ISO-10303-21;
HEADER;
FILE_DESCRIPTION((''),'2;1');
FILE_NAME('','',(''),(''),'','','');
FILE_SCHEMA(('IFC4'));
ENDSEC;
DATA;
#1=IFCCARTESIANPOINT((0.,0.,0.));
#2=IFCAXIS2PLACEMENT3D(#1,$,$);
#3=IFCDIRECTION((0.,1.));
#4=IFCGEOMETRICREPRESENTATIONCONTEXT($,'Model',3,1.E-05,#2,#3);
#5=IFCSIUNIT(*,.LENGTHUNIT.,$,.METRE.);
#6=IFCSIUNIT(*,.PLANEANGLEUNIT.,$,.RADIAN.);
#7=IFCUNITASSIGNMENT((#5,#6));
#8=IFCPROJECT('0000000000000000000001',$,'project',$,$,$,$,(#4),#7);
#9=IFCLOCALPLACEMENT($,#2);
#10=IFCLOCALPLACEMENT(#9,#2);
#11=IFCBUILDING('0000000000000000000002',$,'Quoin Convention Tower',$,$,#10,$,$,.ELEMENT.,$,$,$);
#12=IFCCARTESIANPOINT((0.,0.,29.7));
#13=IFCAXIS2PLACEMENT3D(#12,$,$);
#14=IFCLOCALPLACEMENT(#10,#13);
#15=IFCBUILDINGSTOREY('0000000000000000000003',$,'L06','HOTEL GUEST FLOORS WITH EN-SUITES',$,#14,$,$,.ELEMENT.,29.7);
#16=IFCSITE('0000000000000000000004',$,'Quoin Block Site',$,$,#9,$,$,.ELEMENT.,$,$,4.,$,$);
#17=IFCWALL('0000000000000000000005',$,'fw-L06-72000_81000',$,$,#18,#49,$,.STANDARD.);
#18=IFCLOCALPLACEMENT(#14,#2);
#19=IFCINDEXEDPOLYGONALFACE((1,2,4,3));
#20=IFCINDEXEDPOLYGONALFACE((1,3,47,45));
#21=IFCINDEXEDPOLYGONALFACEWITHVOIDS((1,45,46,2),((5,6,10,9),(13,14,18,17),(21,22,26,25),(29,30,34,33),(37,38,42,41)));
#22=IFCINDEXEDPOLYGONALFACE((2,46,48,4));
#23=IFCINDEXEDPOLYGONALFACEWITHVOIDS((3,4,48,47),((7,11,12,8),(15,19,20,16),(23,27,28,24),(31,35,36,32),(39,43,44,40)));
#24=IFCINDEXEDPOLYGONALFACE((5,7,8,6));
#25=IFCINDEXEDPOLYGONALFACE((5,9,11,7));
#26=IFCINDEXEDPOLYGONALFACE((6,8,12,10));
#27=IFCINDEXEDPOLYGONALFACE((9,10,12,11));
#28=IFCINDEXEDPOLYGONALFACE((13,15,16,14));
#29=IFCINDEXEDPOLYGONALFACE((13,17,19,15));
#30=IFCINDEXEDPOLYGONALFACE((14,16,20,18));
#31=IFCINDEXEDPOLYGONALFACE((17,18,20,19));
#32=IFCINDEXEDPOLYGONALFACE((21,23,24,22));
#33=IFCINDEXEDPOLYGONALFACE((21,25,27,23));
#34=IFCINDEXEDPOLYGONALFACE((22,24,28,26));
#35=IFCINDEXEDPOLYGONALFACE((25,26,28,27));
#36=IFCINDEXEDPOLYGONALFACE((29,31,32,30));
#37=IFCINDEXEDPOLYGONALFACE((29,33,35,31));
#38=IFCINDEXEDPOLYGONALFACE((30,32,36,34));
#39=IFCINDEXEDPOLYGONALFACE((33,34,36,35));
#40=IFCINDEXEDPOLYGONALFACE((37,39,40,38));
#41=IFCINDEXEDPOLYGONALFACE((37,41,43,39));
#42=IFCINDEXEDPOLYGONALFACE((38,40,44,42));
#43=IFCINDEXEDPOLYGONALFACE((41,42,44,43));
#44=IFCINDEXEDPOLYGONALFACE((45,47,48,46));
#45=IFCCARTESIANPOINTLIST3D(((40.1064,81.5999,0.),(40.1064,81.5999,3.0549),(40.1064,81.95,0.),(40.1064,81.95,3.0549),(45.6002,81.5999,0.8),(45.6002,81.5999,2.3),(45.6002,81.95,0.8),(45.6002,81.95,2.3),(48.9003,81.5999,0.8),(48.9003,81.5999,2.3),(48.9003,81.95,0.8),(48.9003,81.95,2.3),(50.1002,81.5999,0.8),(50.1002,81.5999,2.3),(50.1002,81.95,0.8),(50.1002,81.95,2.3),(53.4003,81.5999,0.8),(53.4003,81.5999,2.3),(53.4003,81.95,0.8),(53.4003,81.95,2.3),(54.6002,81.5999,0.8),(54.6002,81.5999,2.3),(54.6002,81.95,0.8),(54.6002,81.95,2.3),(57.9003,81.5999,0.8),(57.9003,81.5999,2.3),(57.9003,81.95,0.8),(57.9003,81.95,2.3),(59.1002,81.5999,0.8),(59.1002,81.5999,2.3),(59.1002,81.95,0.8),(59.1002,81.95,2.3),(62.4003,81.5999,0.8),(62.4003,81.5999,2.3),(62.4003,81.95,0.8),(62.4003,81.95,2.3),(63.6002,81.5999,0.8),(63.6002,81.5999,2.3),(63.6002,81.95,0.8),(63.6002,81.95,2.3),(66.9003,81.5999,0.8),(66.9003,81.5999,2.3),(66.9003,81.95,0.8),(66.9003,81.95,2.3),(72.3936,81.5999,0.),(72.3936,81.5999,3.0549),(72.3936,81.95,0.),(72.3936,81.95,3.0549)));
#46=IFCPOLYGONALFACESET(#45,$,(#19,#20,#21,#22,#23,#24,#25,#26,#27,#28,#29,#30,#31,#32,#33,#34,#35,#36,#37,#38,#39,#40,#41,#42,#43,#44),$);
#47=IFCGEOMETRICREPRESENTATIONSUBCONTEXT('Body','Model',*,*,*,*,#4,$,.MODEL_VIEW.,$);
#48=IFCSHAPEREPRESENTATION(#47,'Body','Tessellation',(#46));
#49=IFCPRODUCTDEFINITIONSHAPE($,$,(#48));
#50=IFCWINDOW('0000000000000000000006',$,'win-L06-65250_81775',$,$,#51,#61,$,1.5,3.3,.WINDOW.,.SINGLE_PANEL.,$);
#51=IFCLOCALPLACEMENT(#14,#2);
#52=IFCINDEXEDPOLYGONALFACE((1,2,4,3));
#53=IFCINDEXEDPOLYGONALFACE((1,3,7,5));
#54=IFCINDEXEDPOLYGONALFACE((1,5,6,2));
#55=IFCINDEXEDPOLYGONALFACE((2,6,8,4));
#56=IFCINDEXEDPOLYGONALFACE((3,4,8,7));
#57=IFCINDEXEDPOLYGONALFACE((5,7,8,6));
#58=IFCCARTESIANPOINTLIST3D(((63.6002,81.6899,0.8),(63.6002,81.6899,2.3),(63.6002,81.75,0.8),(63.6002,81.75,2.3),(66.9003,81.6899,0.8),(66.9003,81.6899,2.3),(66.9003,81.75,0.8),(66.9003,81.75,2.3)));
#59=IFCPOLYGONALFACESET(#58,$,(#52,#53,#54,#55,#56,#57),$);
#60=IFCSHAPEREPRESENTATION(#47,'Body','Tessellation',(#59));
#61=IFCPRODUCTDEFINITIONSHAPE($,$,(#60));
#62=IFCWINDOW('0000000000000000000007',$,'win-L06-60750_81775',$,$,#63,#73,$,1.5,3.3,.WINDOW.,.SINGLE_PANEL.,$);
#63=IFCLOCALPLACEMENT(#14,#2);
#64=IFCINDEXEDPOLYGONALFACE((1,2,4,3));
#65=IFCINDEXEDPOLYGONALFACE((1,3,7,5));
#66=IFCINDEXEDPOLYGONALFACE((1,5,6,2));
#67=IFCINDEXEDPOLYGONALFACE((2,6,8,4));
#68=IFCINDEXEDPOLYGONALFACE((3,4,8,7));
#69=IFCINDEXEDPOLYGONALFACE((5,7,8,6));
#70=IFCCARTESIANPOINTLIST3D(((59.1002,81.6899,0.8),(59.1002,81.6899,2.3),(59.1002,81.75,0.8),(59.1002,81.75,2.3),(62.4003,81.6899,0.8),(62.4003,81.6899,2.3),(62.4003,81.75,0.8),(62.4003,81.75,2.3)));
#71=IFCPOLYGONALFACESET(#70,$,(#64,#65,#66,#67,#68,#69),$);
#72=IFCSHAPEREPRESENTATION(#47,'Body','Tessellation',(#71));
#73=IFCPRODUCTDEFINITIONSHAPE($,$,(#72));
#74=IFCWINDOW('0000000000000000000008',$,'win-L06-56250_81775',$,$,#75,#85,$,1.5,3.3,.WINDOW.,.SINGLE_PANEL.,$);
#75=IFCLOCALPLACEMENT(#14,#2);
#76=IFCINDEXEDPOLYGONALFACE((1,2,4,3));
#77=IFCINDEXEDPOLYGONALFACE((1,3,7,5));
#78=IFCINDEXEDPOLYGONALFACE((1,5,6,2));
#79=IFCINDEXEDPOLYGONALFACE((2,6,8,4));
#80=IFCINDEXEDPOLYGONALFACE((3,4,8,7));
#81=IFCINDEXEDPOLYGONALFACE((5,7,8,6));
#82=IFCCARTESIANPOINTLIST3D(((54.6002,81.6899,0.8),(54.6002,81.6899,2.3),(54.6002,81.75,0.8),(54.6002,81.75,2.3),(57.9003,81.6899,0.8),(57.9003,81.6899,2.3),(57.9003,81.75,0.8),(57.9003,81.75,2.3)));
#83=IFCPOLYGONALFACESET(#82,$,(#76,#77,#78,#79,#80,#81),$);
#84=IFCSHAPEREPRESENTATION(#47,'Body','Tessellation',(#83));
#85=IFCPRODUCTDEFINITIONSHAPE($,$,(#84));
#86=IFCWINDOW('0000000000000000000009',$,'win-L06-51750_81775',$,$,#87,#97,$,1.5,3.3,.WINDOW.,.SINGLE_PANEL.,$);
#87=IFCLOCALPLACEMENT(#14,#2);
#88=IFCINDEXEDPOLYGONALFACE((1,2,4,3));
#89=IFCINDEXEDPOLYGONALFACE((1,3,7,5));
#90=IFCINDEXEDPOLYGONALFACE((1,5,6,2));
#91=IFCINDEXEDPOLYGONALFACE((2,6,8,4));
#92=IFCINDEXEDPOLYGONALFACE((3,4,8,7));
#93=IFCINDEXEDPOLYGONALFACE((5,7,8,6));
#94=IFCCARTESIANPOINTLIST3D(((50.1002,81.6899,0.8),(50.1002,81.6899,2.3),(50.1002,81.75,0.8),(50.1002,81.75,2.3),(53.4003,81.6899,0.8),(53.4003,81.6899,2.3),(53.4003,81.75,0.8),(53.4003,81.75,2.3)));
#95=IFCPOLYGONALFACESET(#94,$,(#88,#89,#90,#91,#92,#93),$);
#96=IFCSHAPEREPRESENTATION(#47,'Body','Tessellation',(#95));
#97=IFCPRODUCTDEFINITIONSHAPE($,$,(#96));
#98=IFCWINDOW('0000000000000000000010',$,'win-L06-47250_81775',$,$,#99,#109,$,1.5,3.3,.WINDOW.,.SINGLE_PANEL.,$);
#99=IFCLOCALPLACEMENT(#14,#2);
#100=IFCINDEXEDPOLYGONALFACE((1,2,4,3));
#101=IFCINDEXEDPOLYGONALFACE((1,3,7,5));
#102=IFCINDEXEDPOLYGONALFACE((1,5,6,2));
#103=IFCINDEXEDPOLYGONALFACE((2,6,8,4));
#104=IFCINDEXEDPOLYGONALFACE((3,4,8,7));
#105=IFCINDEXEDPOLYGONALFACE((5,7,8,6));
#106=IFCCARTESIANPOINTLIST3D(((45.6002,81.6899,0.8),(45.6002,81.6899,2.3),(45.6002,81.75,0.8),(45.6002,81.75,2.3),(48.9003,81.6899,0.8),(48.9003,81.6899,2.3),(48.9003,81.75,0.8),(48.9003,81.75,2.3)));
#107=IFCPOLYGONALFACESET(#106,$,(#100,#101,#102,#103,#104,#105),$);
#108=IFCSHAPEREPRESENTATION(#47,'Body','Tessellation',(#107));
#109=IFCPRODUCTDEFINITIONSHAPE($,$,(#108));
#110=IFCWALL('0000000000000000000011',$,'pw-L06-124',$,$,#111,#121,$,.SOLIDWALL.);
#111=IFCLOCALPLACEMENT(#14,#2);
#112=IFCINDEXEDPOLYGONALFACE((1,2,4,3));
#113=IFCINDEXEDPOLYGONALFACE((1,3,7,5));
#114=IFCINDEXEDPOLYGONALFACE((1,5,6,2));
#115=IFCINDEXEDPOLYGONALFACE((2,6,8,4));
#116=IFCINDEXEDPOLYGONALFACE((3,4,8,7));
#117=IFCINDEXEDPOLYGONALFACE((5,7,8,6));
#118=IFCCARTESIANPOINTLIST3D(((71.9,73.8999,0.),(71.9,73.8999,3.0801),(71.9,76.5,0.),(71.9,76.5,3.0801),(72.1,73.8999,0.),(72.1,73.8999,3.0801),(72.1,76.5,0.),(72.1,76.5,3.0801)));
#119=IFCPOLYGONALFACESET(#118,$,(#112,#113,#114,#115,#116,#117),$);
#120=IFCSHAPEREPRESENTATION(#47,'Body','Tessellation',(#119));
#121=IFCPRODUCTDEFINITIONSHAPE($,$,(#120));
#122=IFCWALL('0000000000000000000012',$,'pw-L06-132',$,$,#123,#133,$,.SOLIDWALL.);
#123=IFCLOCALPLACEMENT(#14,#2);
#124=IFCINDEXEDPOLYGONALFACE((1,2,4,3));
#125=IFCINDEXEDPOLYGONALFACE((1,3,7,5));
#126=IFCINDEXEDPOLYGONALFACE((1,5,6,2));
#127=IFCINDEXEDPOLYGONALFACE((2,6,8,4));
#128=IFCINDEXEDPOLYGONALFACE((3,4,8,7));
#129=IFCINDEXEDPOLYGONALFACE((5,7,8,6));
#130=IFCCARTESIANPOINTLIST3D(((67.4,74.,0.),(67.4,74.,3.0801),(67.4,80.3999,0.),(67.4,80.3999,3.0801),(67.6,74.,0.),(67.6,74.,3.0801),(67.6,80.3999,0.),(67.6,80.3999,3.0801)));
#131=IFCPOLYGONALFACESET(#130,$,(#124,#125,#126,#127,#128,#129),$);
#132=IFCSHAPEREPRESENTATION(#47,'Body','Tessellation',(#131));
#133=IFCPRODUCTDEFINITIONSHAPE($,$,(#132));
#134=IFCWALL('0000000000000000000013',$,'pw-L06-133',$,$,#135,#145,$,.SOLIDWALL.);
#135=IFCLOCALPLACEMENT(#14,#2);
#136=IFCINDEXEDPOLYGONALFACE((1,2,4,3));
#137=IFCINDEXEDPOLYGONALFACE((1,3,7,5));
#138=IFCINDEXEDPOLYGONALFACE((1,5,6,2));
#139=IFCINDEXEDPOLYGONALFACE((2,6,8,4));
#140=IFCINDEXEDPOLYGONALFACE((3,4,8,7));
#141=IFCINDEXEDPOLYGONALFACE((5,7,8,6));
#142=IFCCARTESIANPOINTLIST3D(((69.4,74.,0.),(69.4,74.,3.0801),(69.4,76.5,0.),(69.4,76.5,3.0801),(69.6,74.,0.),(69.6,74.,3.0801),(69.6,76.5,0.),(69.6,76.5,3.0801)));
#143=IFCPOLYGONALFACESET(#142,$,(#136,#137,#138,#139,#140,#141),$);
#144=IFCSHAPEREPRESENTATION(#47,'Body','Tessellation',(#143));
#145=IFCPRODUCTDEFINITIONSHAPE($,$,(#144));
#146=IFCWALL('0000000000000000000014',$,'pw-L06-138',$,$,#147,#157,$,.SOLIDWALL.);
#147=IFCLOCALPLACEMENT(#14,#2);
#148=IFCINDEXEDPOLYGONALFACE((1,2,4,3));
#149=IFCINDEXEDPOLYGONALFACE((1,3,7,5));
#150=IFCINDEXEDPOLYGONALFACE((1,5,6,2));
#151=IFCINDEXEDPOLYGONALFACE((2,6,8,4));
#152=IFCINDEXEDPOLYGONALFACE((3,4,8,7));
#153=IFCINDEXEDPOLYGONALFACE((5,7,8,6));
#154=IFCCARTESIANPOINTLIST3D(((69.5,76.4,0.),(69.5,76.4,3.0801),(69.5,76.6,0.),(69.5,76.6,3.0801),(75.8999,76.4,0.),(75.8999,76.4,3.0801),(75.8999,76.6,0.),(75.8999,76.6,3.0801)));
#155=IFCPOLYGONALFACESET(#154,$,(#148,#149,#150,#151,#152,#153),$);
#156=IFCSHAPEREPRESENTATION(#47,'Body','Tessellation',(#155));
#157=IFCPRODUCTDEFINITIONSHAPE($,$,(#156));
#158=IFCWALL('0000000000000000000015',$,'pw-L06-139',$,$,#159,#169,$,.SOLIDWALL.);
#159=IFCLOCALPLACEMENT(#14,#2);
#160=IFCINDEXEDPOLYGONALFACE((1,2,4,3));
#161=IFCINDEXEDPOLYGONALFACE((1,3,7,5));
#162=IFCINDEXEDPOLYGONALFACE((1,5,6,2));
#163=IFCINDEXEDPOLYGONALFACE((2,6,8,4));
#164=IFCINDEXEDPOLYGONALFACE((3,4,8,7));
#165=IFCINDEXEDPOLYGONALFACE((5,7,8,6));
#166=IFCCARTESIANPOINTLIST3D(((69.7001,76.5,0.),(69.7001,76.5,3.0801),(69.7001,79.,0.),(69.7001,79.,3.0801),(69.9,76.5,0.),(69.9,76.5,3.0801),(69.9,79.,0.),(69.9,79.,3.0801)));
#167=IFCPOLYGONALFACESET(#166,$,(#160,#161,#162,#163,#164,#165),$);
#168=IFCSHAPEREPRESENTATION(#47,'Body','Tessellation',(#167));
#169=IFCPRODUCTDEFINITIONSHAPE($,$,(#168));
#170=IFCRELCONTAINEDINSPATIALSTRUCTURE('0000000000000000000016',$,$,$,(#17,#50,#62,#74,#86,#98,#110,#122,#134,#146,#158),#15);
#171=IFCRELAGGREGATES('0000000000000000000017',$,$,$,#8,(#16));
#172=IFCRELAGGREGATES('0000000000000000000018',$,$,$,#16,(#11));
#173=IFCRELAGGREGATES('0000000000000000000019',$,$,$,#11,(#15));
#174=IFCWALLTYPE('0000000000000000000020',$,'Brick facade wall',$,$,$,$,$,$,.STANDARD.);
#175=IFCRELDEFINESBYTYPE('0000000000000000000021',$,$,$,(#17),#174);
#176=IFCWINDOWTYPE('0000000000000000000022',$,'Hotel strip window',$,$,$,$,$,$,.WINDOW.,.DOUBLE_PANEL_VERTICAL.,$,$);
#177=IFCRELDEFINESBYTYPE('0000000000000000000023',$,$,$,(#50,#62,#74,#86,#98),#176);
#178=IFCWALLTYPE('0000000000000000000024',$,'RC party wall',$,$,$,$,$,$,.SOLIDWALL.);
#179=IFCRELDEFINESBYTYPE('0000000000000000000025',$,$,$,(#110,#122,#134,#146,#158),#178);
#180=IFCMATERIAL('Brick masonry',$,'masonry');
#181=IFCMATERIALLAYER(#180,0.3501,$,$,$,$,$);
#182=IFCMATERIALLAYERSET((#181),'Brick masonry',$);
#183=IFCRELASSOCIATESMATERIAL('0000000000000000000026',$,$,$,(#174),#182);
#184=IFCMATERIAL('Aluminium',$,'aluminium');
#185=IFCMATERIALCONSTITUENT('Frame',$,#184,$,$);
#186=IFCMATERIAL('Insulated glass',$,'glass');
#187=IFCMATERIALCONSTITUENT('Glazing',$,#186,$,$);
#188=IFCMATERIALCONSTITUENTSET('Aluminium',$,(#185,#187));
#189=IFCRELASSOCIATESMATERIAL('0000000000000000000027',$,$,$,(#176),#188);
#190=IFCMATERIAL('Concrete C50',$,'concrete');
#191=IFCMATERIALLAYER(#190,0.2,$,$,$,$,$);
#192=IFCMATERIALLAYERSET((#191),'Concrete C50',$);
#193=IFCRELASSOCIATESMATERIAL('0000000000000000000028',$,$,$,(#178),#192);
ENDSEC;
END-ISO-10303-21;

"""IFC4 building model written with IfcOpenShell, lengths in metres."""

from ifc_helpers import new_model, si_unit, direction, frame, frame_2d, origin, place, context, subcontext, project, spatial, rectangle, extrude, material, layer, layer_set, constituent, constituent_set, type_object, element, fill, save


model = new_model("IFC4")

# Units and contexts
model_context = context("Model", 3, precision=1e-05, world=origin(), true_north=direction((0.0, 1.0)))
body_context = subcontext(model_context, "Body", "Model", "MODEL_VIEW")
ifc_project = project(units=[si_unit("LENGTHUNIT", "METRE"), si_unit("PLANEANGLEUNIT", "RADIAN")], contexts=[model_context])

# Site, building, storey
site_placement = place(None, origin())
site = spatial("IfcSite", under=ifc_project, at=site_placement, Name="Quoin Block Site", CompositionType="ELEMENT", RefElevation=4.0)
building_placement = place(site_placement, origin())
building = spatial("IfcBuilding", under=site, at=building_placement, Name="Quoin Convention Tower", CompositionType="ELEMENT")
storey_placement = place(building_placement, frame((0.0, 0.0, 29.7)))
storey = spatial("IfcBuildingStorey", under=building, at=storey_placement, Name="L06", Description="HOTEL GUEST FLOORS WITH EN-SUITES", CompositionType="ELEMENT", Elevation=29.7)

# Shared definitions
ifc_material_1 = material(Name="Brick masonry", Category="masonry")
ifc_layer_1 = layer(ifc_material_1, 0.3501)
ifc_layer_set_1 = layer_set([ifc_layer_1], Name="Brick masonry")
wall_type_1 = type_object("IfcWallType", Name="Brick facade wall", PredefinedType="STANDARD", material=ifc_layer_set_1)
ifc_material_2 = material(Name="Aluminium", Category="aluminium")
ifc_constituent_1 = constituent(ifc_material_2, Name="Frame")
ifc_material_3 = material(Name="Insulated glass", Category="glass")
ifc_constituent_2 = constituent(ifc_material_3, Name="Glazing")
ifc_constituent_set = constituent_set(constituents=[ifc_constituent_1, ifc_constituent_2], Name="Aluminium")
window_type = type_object("IfcWindowType", Name="Hotel strip window", PartitioningType="DOUBLE_PANEL_VERTICAL", PredefinedType="WINDOW", material=ifc_constituent_set)

# Wall, openings, windows
wall_1_placement = place(storey_placement, frame((72.3936, 81.7749, 0.0), z_axis=(0.0, 0.0, 1.0), x_axis=(-1.0, 0.0, 0.0)))
wall_1 = element("IfcWall", 1, at=wall_1_placement, inside=storey, type_object=wall_type_1, Name="fw-L06-72000_81000", PredefinedType="STANDARD", context=body_context, shape_type="SweptSolid", body=[
    extrude(rectangle(XDim=32.2871, YDim=0.3501, at=frame_2d((16.1436, 0.0))), origin(), (0.0, 0.0, 1.0), 3.0549),
])
opening_1_placement = place(wall_1_placement, frame((5.4934, 0.0, 0.8)))
opening_1 = element("IfcOpeningElement", 2, at=opening_1_placement, cuts=wall_1, PredefinedType="OPENING", context=body_context, shape_type="SweptSolid", body=[
    extrude(rectangle(XDim=3.3, YDim=1.5, at=frame_2d((1.6499, 0.75))), frame((0.0, 0.1851, 0.0), z_axis=(0.0, -1.0, 0.0), x_axis=(1.0, 0.0, 0.0)), (0.0, 0.0, 1.0), 0.3701),
])
opening_2_placement = place(wall_1_placement, frame((9.9934, 0.0, 0.8)))
opening_2 = element("IfcOpeningElement", 3, at=opening_2_placement, cuts=wall_1, PredefinedType="OPENING", context=body_context, shape_type="SweptSolid", body=[
    extrude(rectangle(XDim=3.3, YDim=1.5, at=frame_2d((1.6499, 0.75))), frame((0.0, 0.1851, 0.0), z_axis=(0.0, -1.0, 0.0), x_axis=(1.0, 0.0, 0.0)), (0.0, 0.0, 1.0), 0.3701),
])
opening_3_placement = place(wall_1_placement, frame((14.4934, 0.0, 0.8)))
opening_3 = element("IfcOpeningElement", 4, at=opening_3_placement, cuts=wall_1, PredefinedType="OPENING", context=body_context, shape_type="SweptSolid", body=[
    extrude(rectangle(XDim=3.3, YDim=1.5, at=frame_2d((1.6499, 0.75))), frame((0.0, 0.1851, 0.0), z_axis=(0.0, -1.0, 0.0), x_axis=(1.0, 0.0, 0.0)), (0.0, 0.0, 1.0), 0.3701),
])
opening_4_placement = place(wall_1_placement, frame((18.9934, 0.0, 0.8)))
opening_4 = element("IfcOpeningElement", 5, at=opening_4_placement, cuts=wall_1, PredefinedType="OPENING", context=body_context, shape_type="SweptSolid", body=[
    extrude(rectangle(XDim=3.3, YDim=1.5, at=frame_2d((1.6499, 0.75))), frame((0.0, 0.1851, 0.0), z_axis=(0.0, -1.0, 0.0), x_axis=(1.0, 0.0, 0.0)), (0.0, 0.0, 1.0), 0.3701),
])
opening_5_placement = place(wall_1_placement, frame((23.4934, 0.0, 0.8)))
opening_5 = element("IfcOpeningElement", 6, at=opening_5_placement, cuts=wall_1, PredefinedType="OPENING", context=body_context, shape_type="SweptSolid", body=[
    extrude(rectangle(XDim=3.3, YDim=1.5, at=frame_2d((1.6499, 0.75))), frame((0.0, 0.1851, 0.0), z_axis=(0.0, -1.0, 0.0), x_axis=(1.0, 0.0, 0.0)), (0.0, 0.0, 1.0), 0.3701),
])
window_1_placement = place(opening_1_placement, origin())
window_1 = element("IfcWindow", 7, at=window_1_placement, inside=storey, type_object=window_type, Name="win-L06-65250_81775", OverallHeight=1.5, OverallWidth=3.3, PartitioningType="SINGLE_PANEL", PredefinedType="WINDOW", context=body_context, shape_type="SweptSolid", body=[
    extrude(rectangle(XDim=3.3, YDim=1.5, at=frame_2d((1.6499, 0.75))), frame((0.0, 0.085, 0.0), z_axis=(0.0, -1.0, 0.0), x_axis=(1.0, 0.0, 0.0)), (0.0, 0.0, 1.0), 0.0601),
])
fill(opening_1, window_1)
window_2_placement = place(opening_2_placement, origin())
window_2 = element("IfcWindow", 8, at=window_2_placement, inside=storey, type_object=window_type, Name="win-L06-60750_81775", OverallHeight=1.5, OverallWidth=3.3, PartitioningType="SINGLE_PANEL", PredefinedType="WINDOW", context=body_context, shape_type="SweptSolid", body=[
    extrude(rectangle(XDim=3.3, YDim=1.5, at=frame_2d((1.6499, 0.75))), frame((0.0, 0.085, 0.0), z_axis=(0.0, -1.0, 0.0), x_axis=(1.0, 0.0, 0.0)), (0.0, 0.0, 1.0), 0.0601),
])
fill(opening_2, window_2)
window_3_placement = place(opening_3_placement, origin())
window_3 = element("IfcWindow", 9, at=window_3_placement, inside=storey, type_object=window_type, Name="win-L06-56250_81775", OverallHeight=1.5, OverallWidth=3.3, PartitioningType="SINGLE_PANEL", PredefinedType="WINDOW", context=body_context, shape_type="SweptSolid", body=[
    extrude(rectangle(XDim=3.3, YDim=1.5, at=frame_2d((1.6499, 0.75))), frame((0.0, 0.085, 0.0), z_axis=(0.0, -1.0, 0.0), x_axis=(1.0, 0.0, 0.0)), (0.0, 0.0, 1.0), 0.0601),
])
fill(opening_3, window_3)
window_4_placement = place(opening_4_placement, origin())
window_4 = element("IfcWindow", 10, at=window_4_placement, inside=storey, type_object=window_type, Name="win-L06-51750_81775", OverallHeight=1.5, OverallWidth=3.3, PartitioningType="SINGLE_PANEL", PredefinedType="WINDOW", context=body_context, shape_type="SweptSolid", body=[
    extrude(rectangle(XDim=3.3, YDim=1.5, at=frame_2d((1.6499, 0.75))), frame((0.0, 0.085, 0.0), z_axis=(0.0, -1.0, 0.0), x_axis=(1.0, 0.0, 0.0)), (0.0, 0.0, 1.0), 0.0601),
])
fill(opening_4, window_4)
window_5_placement = place(opening_5_placement, origin())
window_5 = element("IfcWindow", 11, at=window_5_placement, inside=storey, type_object=window_type, Name="win-L06-47250_81775", OverallHeight=1.5, OverallWidth=3.3, PartitioningType="SINGLE_PANEL", PredefinedType="WINDOW", context=body_context, shape_type="SweptSolid", body=[
    extrude(rectangle(XDim=3.3, YDim=1.5, at=frame_2d((1.6499, 0.75))), frame((0.0, 0.085, 0.0), z_axis=(0.0, -1.0, 0.0), x_axis=(1.0, 0.0, 0.0)), (0.0, 0.0, 1.0), 0.0601),
])
fill(opening_5, window_5)

# Walls
ifc_material_4 = material(Name="Concrete C50", Category="concrete")
ifc_layer_2 = layer(ifc_material_4, 0.2)
ifc_layer_set_2 = layer_set([ifc_layer_2], Name="Concrete C50")
wall_type_2 = type_object("IfcWallType", Name="RC party wall", PredefinedType="SOLIDWALL", material=ifc_layer_set_2)
wall_2_placement = place(storey_placement, frame((72.0, 73.8999, 0.0), z_axis=(0.0, 0.0, 1.0), x_axis=(0.0, 1.0, 0.0)))
element("IfcWall", 12, at=wall_2_placement, inside=storey, type_object=wall_type_2, Name="pw-L06-124", PredefinedType="SOLIDWALL", context=body_context, shape_type="SweptSolid", body=[
    extrude(rectangle(XDim=2.6001, YDim=0.2, at=frame_2d((1.3, 0.0))), origin(), (0.0, 0.0, 1.0), 3.0801),
])
wall_3_placement = place(storey_placement, frame((67.5, 74.0, 0.0), z_axis=(0.0, 0.0, 1.0), x_axis=(0.0, 1.0, 0.0)))
element("IfcWall", 13, at=wall_3_placement, inside=storey, type_object=wall_type_2, Name="pw-L06-132", PredefinedType="SOLIDWALL", context=body_context, shape_type="SweptSolid", body=[
    extrude(rectangle(XDim=6.3999, YDim=0.2, at=frame_2d((3.2, 0.0))), origin(), (0.0, 0.0, 1.0), 3.0801),
])
wall_4_placement = place(storey_placement, frame((69.5, 74.0, 0.0), z_axis=(0.0, 0.0, 1.0), x_axis=(0.0, 1.0, 0.0)))
element("IfcWall", 14, at=wall_4_placement, inside=storey, type_object=wall_type_2, Name="pw-L06-133", PredefinedType="SOLIDWALL", context=body_context, shape_type="SweptSolid", body=[
    extrude(rectangle(XDim=2.5, YDim=0.2, at=frame_2d((1.25, 0.0))), origin(), (0.0, 0.0, 1.0), 3.0801),
])
wall_5_placement = place(storey_placement, frame((69.5, 76.5, 0.0), z_axis=(0.0, 0.0, 1.0), x_axis=(1.0, 0.0, 0.0)))
element("IfcWall", 15, at=wall_5_placement, inside=storey, type_object=wall_type_2, Name="pw-L06-138", PredefinedType="SOLIDWALL", context=body_context, shape_type="SweptSolid", body=[
    extrude(rectangle(XDim=6.3999, YDim=0.2, at=frame_2d((3.2, 0.0))), origin(), (0.0, 0.0, 1.0), 3.0801),
])
wall_6_placement = place(storey_placement, frame((69.8, 76.5, 0.0), z_axis=(0.0, 0.0, 1.0), x_axis=(0.0, 1.0, 0.0)))
element("IfcWall", 16, at=wall_6_placement, inside=storey, type_object=wall_type_2, Name="pw-L06-139", PredefinedType="SOLIDWALL", context=body_context, shape_type="SweptSolid", body=[
    extrude(rectangle(XDim=2.5, YDim=0.2, at=frame_2d((1.25, 0.0))), origin(), (0.0, 0.0, 1.0), 3.0801),
])

save(model, "model.ifc")
